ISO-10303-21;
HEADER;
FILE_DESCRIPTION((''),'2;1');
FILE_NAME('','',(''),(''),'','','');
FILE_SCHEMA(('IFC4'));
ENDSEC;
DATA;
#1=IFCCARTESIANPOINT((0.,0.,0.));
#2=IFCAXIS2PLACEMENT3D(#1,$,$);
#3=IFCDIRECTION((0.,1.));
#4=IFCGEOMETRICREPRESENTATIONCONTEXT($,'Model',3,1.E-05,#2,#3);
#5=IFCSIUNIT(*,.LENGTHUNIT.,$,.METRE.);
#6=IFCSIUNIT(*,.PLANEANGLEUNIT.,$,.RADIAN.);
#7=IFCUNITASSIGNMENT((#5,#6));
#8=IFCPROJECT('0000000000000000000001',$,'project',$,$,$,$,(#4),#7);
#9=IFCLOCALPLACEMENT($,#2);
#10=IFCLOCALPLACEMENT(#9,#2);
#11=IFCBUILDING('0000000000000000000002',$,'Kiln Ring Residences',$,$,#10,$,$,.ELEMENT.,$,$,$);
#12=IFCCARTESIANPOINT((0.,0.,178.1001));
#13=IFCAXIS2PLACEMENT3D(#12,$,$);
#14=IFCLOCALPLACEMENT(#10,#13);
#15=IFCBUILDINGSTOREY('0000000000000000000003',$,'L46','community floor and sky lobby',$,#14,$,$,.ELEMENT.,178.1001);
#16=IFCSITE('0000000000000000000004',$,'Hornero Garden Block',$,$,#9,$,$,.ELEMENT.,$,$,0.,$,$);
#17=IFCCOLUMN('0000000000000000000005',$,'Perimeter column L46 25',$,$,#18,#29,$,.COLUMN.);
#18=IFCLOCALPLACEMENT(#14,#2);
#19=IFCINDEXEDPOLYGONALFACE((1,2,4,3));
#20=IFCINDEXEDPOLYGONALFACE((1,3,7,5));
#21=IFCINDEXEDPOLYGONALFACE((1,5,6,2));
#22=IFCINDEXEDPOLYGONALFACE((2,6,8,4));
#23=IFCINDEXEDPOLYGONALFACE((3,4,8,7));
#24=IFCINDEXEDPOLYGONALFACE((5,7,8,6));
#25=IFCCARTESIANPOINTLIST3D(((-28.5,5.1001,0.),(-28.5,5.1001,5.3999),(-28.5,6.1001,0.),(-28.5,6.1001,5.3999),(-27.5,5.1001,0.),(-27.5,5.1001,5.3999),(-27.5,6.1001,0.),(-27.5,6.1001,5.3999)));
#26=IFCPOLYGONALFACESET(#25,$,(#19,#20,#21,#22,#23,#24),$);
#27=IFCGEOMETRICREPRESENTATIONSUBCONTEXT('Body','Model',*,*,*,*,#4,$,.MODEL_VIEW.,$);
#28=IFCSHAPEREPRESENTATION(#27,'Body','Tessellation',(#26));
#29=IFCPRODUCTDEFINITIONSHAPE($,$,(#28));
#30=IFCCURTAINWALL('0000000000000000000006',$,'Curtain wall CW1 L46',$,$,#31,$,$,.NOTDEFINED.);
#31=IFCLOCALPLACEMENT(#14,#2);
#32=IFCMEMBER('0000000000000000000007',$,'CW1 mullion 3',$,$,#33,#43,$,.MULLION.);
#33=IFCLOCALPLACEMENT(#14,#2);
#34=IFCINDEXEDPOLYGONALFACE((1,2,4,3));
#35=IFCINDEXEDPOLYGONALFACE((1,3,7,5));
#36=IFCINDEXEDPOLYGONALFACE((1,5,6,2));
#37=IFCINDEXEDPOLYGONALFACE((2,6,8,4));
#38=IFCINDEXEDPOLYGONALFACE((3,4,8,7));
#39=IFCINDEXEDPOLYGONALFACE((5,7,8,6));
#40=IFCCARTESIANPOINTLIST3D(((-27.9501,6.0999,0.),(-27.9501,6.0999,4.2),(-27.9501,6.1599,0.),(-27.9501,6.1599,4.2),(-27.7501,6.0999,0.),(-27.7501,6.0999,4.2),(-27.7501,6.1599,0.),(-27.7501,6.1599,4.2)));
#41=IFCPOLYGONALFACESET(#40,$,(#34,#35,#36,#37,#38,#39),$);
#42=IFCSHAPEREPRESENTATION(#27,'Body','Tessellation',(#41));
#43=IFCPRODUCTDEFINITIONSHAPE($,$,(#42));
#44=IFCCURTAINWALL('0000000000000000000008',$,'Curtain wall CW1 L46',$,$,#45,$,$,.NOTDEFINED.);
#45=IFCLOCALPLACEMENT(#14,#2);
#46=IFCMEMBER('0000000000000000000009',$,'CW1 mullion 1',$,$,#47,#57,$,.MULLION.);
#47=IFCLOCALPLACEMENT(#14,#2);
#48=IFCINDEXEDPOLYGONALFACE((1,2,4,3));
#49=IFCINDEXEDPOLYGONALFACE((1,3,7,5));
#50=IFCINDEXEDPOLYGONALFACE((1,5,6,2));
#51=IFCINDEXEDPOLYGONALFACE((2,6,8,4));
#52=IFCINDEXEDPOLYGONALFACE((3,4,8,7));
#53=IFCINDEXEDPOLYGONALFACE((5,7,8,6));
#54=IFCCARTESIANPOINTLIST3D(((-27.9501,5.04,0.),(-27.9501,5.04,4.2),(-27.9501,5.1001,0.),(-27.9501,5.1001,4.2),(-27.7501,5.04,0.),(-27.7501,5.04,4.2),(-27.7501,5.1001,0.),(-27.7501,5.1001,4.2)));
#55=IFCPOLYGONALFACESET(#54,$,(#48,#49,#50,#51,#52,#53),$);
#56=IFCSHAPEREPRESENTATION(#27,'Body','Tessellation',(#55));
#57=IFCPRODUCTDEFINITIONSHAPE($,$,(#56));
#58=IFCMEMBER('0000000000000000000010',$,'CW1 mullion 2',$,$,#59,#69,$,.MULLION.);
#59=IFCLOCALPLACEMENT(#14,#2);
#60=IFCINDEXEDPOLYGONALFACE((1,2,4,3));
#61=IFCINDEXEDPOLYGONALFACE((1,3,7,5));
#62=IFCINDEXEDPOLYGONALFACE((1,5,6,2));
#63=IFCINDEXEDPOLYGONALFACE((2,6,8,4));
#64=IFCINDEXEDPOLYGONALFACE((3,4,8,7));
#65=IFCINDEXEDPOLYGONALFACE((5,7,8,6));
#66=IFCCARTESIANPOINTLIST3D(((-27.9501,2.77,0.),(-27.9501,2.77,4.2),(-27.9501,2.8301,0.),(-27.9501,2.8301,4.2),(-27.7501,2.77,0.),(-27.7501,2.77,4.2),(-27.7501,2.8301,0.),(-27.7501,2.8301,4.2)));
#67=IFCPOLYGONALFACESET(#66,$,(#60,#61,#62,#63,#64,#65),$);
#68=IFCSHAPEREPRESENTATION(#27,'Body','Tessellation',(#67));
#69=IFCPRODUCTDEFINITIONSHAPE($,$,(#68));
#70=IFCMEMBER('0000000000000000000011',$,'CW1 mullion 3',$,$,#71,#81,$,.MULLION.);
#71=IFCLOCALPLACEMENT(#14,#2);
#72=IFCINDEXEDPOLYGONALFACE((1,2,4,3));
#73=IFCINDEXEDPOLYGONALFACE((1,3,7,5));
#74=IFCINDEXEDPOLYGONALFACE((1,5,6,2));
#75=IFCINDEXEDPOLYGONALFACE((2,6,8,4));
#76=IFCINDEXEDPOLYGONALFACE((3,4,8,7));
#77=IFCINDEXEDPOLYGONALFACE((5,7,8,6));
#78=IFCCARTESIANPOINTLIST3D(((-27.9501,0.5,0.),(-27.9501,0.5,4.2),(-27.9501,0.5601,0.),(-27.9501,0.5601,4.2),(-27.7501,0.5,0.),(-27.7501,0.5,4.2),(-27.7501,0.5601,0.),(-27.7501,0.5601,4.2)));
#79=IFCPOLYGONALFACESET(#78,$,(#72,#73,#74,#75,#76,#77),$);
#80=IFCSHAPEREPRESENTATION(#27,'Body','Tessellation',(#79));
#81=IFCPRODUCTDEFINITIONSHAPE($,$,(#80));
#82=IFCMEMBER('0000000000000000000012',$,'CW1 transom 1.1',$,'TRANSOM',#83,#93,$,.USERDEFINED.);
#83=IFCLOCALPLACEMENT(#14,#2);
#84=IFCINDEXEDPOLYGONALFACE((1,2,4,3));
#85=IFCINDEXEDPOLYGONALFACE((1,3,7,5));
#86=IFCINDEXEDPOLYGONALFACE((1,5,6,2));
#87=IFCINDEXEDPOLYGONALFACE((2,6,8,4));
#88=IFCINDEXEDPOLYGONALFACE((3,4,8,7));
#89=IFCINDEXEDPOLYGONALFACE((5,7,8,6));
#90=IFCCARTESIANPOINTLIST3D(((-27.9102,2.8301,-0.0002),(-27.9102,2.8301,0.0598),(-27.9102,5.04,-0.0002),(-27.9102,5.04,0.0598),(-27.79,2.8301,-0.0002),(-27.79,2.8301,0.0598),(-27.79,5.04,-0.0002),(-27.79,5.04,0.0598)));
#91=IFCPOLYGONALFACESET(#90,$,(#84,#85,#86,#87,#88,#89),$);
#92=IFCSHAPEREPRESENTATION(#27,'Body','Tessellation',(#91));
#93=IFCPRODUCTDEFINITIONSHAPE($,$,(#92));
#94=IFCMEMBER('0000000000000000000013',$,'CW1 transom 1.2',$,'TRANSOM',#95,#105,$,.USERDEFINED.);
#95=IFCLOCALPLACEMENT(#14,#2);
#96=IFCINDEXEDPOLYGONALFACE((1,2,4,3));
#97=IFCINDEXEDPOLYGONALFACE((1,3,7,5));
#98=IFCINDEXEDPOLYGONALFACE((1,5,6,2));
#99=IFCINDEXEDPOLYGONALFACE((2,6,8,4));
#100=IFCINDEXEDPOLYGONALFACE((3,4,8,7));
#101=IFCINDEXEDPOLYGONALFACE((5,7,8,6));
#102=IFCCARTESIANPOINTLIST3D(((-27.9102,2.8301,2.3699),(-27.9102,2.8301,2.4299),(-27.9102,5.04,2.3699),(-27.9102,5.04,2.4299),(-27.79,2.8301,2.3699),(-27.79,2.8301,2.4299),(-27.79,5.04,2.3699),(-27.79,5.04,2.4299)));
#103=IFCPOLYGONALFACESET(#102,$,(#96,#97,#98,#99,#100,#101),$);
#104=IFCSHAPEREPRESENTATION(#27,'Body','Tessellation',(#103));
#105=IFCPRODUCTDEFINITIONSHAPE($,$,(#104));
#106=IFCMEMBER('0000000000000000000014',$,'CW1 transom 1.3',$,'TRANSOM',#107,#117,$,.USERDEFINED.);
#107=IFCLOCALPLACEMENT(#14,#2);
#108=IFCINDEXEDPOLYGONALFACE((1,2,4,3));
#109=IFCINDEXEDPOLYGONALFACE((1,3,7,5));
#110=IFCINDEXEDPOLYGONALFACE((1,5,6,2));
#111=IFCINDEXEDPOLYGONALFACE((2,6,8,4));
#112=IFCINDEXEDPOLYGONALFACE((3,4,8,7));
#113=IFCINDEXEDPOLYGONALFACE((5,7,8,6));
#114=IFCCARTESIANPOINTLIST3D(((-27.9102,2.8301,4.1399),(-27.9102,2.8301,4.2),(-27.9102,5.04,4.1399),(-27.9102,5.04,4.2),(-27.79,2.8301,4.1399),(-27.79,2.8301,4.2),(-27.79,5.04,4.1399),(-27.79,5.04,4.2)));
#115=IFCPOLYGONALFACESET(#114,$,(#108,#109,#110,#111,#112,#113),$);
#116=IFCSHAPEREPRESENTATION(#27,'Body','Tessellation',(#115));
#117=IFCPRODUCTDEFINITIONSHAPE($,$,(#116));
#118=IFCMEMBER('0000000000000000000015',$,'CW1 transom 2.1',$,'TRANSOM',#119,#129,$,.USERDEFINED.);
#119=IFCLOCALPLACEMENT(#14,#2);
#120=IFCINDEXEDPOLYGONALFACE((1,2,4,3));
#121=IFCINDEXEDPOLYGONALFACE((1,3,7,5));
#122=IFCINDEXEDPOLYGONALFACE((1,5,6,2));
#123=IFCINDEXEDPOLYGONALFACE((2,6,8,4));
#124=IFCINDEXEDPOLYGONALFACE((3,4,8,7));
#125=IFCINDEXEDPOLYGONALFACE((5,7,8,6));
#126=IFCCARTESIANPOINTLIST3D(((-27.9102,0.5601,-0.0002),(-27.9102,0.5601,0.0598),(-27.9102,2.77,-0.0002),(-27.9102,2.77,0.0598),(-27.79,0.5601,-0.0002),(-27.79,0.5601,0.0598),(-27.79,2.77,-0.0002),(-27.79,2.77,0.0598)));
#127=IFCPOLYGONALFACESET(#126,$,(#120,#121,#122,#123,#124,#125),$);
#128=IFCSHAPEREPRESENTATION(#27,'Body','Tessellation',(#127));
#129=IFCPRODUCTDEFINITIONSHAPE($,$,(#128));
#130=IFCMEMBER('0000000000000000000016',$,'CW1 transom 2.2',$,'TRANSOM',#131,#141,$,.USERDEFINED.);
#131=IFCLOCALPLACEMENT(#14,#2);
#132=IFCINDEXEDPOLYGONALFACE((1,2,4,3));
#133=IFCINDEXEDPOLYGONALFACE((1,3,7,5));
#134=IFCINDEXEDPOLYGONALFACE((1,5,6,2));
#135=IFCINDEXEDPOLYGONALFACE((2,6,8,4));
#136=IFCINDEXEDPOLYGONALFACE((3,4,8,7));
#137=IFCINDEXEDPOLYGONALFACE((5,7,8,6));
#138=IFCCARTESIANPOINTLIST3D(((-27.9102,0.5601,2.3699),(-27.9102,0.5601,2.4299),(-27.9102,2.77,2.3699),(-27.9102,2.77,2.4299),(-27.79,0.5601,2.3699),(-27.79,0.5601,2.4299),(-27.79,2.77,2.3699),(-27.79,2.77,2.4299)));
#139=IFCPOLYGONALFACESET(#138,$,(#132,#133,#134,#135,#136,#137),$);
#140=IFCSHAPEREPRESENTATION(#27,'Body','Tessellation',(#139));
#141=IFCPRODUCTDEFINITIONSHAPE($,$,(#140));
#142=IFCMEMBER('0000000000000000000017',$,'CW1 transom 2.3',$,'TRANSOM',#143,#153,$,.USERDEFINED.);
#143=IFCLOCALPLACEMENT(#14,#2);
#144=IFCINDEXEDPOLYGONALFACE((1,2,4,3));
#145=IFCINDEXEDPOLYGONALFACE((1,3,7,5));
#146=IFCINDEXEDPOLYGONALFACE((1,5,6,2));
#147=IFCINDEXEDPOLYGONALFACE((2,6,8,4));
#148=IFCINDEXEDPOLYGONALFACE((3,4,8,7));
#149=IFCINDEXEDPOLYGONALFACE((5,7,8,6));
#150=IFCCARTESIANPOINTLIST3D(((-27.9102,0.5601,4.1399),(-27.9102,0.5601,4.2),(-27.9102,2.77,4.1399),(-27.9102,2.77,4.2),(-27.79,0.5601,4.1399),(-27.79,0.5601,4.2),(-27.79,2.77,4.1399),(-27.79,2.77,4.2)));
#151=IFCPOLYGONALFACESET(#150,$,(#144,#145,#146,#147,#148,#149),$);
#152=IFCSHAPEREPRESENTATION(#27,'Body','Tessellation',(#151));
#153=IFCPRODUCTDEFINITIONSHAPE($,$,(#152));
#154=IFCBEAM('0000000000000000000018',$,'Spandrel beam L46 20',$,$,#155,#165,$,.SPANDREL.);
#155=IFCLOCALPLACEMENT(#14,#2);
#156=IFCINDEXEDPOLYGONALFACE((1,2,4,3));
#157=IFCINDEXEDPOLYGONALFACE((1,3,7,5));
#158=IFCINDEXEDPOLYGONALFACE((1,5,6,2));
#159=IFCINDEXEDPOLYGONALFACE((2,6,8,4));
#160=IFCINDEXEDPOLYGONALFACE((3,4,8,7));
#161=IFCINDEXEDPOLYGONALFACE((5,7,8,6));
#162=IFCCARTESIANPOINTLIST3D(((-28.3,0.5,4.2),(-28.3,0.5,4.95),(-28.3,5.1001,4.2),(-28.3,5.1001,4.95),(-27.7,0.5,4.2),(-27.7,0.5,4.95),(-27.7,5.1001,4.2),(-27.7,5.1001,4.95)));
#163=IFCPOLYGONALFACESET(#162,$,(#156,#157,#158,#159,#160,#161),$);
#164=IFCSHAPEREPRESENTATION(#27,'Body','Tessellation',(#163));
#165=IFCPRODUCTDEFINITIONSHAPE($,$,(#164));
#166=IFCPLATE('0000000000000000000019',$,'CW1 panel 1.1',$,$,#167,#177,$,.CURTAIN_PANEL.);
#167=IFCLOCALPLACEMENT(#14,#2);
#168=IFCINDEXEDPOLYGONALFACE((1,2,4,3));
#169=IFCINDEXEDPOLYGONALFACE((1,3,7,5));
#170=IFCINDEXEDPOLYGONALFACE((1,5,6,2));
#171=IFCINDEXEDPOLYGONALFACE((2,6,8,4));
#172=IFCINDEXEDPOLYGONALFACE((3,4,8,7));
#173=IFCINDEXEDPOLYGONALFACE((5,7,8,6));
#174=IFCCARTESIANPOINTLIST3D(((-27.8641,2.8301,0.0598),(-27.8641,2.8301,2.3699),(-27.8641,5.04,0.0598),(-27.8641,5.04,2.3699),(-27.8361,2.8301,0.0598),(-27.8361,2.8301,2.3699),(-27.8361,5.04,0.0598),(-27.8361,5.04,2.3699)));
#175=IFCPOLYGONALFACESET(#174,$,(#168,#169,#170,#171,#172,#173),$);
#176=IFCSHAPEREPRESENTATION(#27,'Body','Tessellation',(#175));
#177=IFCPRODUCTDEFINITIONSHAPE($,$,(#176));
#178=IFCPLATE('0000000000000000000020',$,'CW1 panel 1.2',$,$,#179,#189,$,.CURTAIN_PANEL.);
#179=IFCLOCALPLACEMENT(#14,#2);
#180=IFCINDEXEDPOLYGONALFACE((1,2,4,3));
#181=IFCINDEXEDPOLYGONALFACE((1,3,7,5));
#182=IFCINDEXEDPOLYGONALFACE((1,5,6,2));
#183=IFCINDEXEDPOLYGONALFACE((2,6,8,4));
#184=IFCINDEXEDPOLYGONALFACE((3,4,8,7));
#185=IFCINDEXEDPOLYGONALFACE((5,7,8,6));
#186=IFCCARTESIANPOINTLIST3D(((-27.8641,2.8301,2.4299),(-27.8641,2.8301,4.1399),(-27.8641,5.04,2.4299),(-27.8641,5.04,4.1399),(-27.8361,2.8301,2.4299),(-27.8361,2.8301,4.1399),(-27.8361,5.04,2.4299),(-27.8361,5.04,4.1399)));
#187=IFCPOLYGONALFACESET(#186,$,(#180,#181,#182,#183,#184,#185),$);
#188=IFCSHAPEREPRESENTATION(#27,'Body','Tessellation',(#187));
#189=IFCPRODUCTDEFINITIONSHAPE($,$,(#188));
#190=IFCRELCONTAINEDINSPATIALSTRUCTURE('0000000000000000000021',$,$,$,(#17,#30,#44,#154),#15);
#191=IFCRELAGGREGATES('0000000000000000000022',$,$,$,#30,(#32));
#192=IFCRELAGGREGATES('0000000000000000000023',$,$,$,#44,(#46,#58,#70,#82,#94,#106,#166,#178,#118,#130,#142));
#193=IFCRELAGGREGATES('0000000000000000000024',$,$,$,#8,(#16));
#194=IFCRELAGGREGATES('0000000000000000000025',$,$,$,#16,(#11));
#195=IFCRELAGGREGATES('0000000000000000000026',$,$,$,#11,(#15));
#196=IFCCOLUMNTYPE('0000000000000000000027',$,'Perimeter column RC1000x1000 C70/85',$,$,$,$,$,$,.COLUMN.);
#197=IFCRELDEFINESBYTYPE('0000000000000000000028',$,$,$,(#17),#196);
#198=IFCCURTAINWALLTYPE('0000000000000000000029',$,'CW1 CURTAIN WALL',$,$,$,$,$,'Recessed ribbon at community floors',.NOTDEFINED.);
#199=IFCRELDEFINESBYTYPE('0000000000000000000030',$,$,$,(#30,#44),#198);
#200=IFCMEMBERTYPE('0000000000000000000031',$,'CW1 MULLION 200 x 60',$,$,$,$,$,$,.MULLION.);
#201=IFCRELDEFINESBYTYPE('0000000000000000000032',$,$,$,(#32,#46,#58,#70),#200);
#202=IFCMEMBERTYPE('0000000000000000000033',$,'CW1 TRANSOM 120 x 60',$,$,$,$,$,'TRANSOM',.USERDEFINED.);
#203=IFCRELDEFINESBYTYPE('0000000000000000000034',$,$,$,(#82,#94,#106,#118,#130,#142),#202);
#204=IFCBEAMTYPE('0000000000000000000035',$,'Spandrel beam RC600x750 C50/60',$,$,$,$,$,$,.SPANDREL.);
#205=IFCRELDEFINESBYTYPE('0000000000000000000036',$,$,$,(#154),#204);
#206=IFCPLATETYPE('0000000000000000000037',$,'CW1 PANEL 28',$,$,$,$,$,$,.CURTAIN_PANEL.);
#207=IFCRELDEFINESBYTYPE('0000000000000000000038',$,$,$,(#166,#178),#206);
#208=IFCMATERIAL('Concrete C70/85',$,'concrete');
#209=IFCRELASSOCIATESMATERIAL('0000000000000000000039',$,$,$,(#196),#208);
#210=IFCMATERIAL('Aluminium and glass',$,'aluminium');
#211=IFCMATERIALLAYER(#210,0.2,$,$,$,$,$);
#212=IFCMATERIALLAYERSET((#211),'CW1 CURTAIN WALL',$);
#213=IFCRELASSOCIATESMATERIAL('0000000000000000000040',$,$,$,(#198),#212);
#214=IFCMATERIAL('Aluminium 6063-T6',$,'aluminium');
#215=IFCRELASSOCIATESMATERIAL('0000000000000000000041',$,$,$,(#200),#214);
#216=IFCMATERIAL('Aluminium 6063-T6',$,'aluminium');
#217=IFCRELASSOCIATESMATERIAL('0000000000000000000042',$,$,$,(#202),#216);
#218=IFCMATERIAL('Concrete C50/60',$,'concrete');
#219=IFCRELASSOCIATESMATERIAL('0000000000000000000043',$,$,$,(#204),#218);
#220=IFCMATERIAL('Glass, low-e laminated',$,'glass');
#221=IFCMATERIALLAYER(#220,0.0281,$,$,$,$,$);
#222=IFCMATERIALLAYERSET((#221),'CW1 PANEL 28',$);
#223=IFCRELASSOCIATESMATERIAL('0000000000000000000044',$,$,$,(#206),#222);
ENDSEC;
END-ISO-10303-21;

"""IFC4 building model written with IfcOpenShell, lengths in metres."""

from ifc_helpers import new_model, si_unit, direction, frame, origin, origin_2d, place, context, subcontext, project, spatial, rectangle, extrude, material, layer, layer_set, material_profile, profile_set, type_object, element, aggregate, save


model = new_model("IFC4")

# Units and contexts
model_context = context("Model", 3, precision=1e-05, world=origin(), true_north=direction((0.0, 1.0)))
body_context = subcontext(model_context, "Body", "Model", "MODEL_VIEW")
ifc_project = project(units=[si_unit("LENGTHUNIT", "METRE"), si_unit("PLANEANGLEUNIT", "RADIAN")], contexts=[model_context])

# Site, building, storey
site_placement = place(None, origin())
site = spatial("IfcSite", under=ifc_project, at=site_placement, Name="Hornero Garden Block", CompositionType="ELEMENT", RefElevation=0.0)
building_placement = place(site_placement, origin())
building = spatial("IfcBuilding", under=site, at=building_placement, Name="Kiln Ring Residences", CompositionType="ELEMENT")
storey_placement = place(building_placement, frame((0.0, 0.0, 178.1001)))
storey = spatial("IfcBuildingStorey", under=building, at=storey_placement, Name="L46", Description="community floor and sky lobby", CompositionType="ELEMENT", Elevation=178.1001)

# Column
ifc_material_1 = material(Name="Concrete C70/85", Category="concrete")
ifc_material_profile_1 = material_profile(ifc_material_1, rectangle(XDim=1.0, YDim=1.0, at=origin_2d()), Name="RC1000x1000")
ifc_profile_set_1 = profile_set([ifc_material_profile_1], Name="Concrete C70/85")
column_type = type_object("IfcColumnType", Name="Perimeter column RC1000x1000 C70/85", PredefinedType="COLUMN", material=ifc_profile_set_1)
column_placement = place(storey_placement, frame((-28.0, 5.6001, 0.0), z_axis=(0.0, 0.0, 1.0), x_axis=(1.0, 0.0, 0.0)))
element("IfcColumn", 1, at=column_placement, inside=storey, type_object=column_type, Name="Perimeter column L46 25", PredefinedType="COLUMN", context=body_context, shape_type="SweptSolid", body=[
    extrude(rectangle(XDim=1.0, YDim=1.0, at=origin_2d()), origin(), (0.0, 0.0, 1.0), 5.3999),
])

# Curtain wall, member
ifc_material_2 = material(Name="Aluminium and glass", Category="aluminium")
ifc_layer_1 = layer(ifc_material_2, 0.2)
ifc_layer_set_1 = layer_set([ifc_layer_1], Name="CW1 CURTAIN WALL")
curtain_wall_type = type_object("IfcCurtainWallType", Name="CW1 CURTAIN WALL", ElementType="Recessed ribbon at community floors", PredefinedType="NOTDEFINED", material=ifc_layer_set_1)
placement = place(storey_placement, origin())
curtain_wall_1 = element("IfcCurtainWall", 2, at=placement, inside=storey, type_object=curtain_wall_type, Name="Curtain wall CW1 L46", PredefinedType="NOTDEFINED")
ifc_material_3 = material(Name="Aluminium 6063-T6", Category="aluminium")
ifc_material_profile_2 = material_profile(ifc_material_3, rectangle(XDim=0.2, YDim=0.0601, at=origin_2d()), Name="AL 200x60")
ifc_profile_set_2 = profile_set([ifc_material_profile_2], Name="Aluminium 6063-T6")
member_type_1 = type_object("IfcMemberType", Name="CW1 MULLION 200 x 60", PredefinedType="MULLION", material=ifc_profile_set_2)
member_1_placement = place(storey_placement, frame((-27.8501, 6.1299, 0.0), z_axis=(0.0, 0.0, 1.0), x_axis=(1.0, 0.0, 0.0)))
member_1 = element("IfcMember", 3, at=member_1_placement, type_object=member_type_1, Name="CW1 mullion 3", PredefinedType="MULLION", context=body_context, shape_type="SweptSolid", body=[
    extrude(rectangle(XDim=0.2, YDim=0.0601, at=origin_2d()), origin(), (0.0, 0.0, 1.0), 4.2),
])
aggregate(curtain_wall_1, [member_1])

# Curtain wall, members
curtain_wall_2 = element("IfcCurtainWall", 4, at=placement, inside=storey, type_object=curtain_wall_type, Name="Curtain wall CW1 L46", PredefinedType="NOTDEFINED")
member_2_placement = place(storey_placement, frame((-27.8501, 5.0701, 0.0), z_axis=(0.0, 0.0, 1.0), x_axis=(1.0, 0.0, 0.0)))
member_2 = element("IfcMember", 5, at=member_2_placement, type_object=member_type_1, Name="CW1 mullion 1", PredefinedType="MULLION", context=body_context, shape_type="SweptSolid", body=[
    extrude(rectangle(XDim=0.2, YDim=0.0601, at=origin_2d()), origin(), (0.0, 0.0, 1.0), 4.2),
])
member_3_placement = place(storey_placement, frame((-27.8501, 2.8, 0.0), z_axis=(0.0, 0.0, 1.0), x_axis=(1.0, 0.0, 0.0)))
member_3 = element("IfcMember", 6, at=member_3_placement, type_object=member_type_1, Name="CW1 mullion 2", PredefinedType="MULLION", context=body_context, shape_type="SweptSolid", body=[
    extrude(rectangle(XDim=0.2, YDim=0.0601, at=origin_2d()), origin(), (0.0, 0.0, 1.0), 4.2),
])
member_4_placement = place(storey_placement, frame((-27.8501, 0.53, 0.0), z_axis=(0.0, 0.0, 1.0), x_axis=(1.0, 0.0, 0.0)))
member_4 = element("IfcMember", 7, at=member_4_placement, type_object=member_type_1, Name="CW1 mullion 3", PredefinedType="MULLION", context=body_context, shape_type="SweptSolid", body=[
    extrude(rectangle(XDim=0.2, YDim=0.0601, at=origin_2d()), origin(), (0.0, 0.0, 1.0), 4.2),
])
ifc_material_4 = material(Name="Aluminium 6063-T6", Category="aluminium")
ifc_material_profile_3 = material_profile(ifc_material_4, rectangle(XDim=0.1201, YDim=0.0601, at=origin_2d()), Name="AL 120x60")
ifc_profile_set_3 = profile_set([ifc_material_profile_3], Name="Aluminium 6063-T6")
member_type_2 = type_object("IfcMemberType", Name="CW1 TRANSOM 120 x 60", ElementType="TRANSOM", PredefinedType="USERDEFINED", material=ifc_profile_set_3)
member_5_placement = place(storey_placement, frame((-27.8501, 5.04, 0.0298), z_axis=(0.0, -1.0, 0.0), x_axis=(1.0, 0.0, 0.0)))
member_5 = element("IfcMember", 8, at=member_5_placement, type_object=member_type_2, Name="CW1 transom 1.1", ObjectType="TRANSOM", PredefinedType="USERDEFINED", context=body_context, shape_type="SweptSolid", body=[
    extrude(rectangle(XDim=0.1201, YDim=0.0601, at=origin_2d()), origin(), (0.0, 0.0, 1.0), 2.21),
])
member_6_placement = place(storey_placement, frame((-27.8501, 5.04, 2.3999), z_axis=(0.0, -1.0, 0.0), x_axis=(1.0, 0.0, 0.0)))
member_6 = element("IfcMember", 9, at=member_6_placement, type_object=member_type_2, Name="CW1 transom 1.2", ObjectType="TRANSOM", PredefinedType="USERDEFINED", context=body_context, shape_type="SweptSolid", body=[
    extrude(rectangle(XDim=0.1201, YDim=0.0601, at=origin_2d()), origin(), (0.0, 0.0, 1.0), 2.21),
])
member_7_placement = place(storey_placement, frame((-27.8501, 5.04, 4.1699), z_axis=(0.0, -1.0, 0.0), x_axis=(1.0, 0.0, 0.0)))
member_7 = element("IfcMember", 10, at=member_7_placement, type_object=member_type_2, Name="CW1 transom 1.3", ObjectType="TRANSOM", PredefinedType="USERDEFINED", context=body_context, shape_type="SweptSolid", body=[
    extrude(rectangle(XDim=0.1201, YDim=0.0601, at=origin_2d()), origin(), (0.0, 0.0, 1.0), 2.21),
])
member_8_placement = place(storey_placement, frame((-27.8501, 2.77, 0.0298), z_axis=(0.0, -1.0, 0.0), x_axis=(1.0, 0.0, 0.0)))
member_8 = element("IfcMember", 11, at=member_8_placement, type_object=member_type_2, Name="CW1 transom 2.1", ObjectType="TRANSOM", PredefinedType="USERDEFINED", context=body_context, shape_type="SweptSolid", body=[
    extrude(rectangle(XDim=0.1201, YDim=0.0601, at=origin_2d()), origin(), (0.0, 0.0, 1.0), 2.21),
])
member_9_placement = place(storey_placement, frame((-27.8501, 2.77, 2.3999), z_axis=(0.0, -1.0, 0.0), x_axis=(1.0, 0.0, 0.0)))
member_9 = element("IfcMember", 12, at=member_9_placement, type_object=member_type_2, Name="CW1 transom 2.2", ObjectType="TRANSOM", PredefinedType="USERDEFINED", context=body_context, shape_type="SweptSolid", body=[
    extrude(rectangle(XDim=0.1201, YDim=0.0601, at=origin_2d()), origin(), (0.0, 0.0, 1.0), 2.21),
])
member_10_placement = place(storey_placement, frame((-27.8501, 2.77, 4.1699), z_axis=(0.0, -1.0, 0.0), x_axis=(1.0, 0.0, 0.0)))
member_10 = element("IfcMember", 13, at=member_10_placement, type_object=member_type_2, Name="CW1 transom 2.3", ObjectType="TRANSOM", PredefinedType="USERDEFINED", context=body_context, shape_type="SweptSolid", body=[
    extrude(rectangle(XDim=0.1201, YDim=0.0601, at=origin_2d()), origin(), (0.0, 0.0, 1.0), 2.21),
])

# Beam
ifc_material_5 = material(Name="Concrete C50/60", Category="concrete")
ifc_material_profile_4 = material_profile(ifc_material_5, rectangle(XDim=0.6001, YDim=0.75, at=origin_2d()), Name="RC600x750")
ifc_profile_set_4 = profile_set([ifc_material_profile_4], Name="Concrete C50/60")
beam_type = type_object("IfcBeamType", Name="Spandrel beam RC600x750 C50/60", PredefinedType="SPANDREL", material=ifc_profile_set_4)
beam_placement = place(storey_placement, frame((-28.0, 5.1001, 4.575), z_axis=(0.0, -1.0, 0.0), x_axis=(1.0, 0.0, 0.0)))
element("IfcBeam", 14, at=beam_placement, inside=storey, type_object=beam_type, Name="Spandrel beam L46 20", PredefinedType="SPANDREL", context=body_context, shape_type="SweptSolid", body=[
    extrude(rectangle(XDim=0.6001, YDim=0.75, at=origin_2d()), origin(), (0.0, 0.0, 1.0), 4.6001),
])

# Plates
ifc_material_6 = material(Name="Glass, low-e laminated", Category="glass")
ifc_layer_2 = layer(ifc_material_6, 0.0281)
ifc_layer_set_2 = layer_set([ifc_layer_2], Name="CW1 PANEL 28")
plate_type = type_object("IfcPlateType", Name="CW1 PANEL 28", PredefinedType="CURTAIN_PANEL", material=ifc_layer_set_2)
plate_1_placement = place(storey_placement, frame((-27.8501, 3.9351, 0.0598), z_axis=(0.0, 0.0, 1.0), x_axis=(0.0, -1.0, 0.0)))
plate_1 = element("IfcPlate", 15, at=plate_1_placement, type_object=plate_type, Name="CW1 panel 1.1", PredefinedType="CURTAIN_PANEL", context=body_context, shape_type="SweptSolid", body=[
    extrude(rectangle(XDim=2.21, YDim=0.0281, at=origin_2d()), origin(), (0.0, 0.0, 1.0), 2.3101),
])
plate_2_placement = place(storey_placement, frame((-27.8501, 3.9351, 2.4299), z_axis=(0.0, 0.0, 1.0), x_axis=(0.0, -1.0, 0.0)))
plate_2 = element("IfcPlate", 16, at=plate_2_placement, type_object=plate_type, Name="CW1 panel 1.2", PredefinedType="CURTAIN_PANEL", context=body_context, shape_type="SweptSolid", body=[
    extrude(rectangle(XDim=2.21, YDim=0.0281, at=origin_2d()), origin(), (0.0, 0.0, 1.0), 1.71),
])
aggregate(curtain_wall_2, [member_2, member_3, member_4, member_5, member_6, member_7, plate_1, plate_2, member_8, member_9, member_10])

save(model, "model.ifc")
